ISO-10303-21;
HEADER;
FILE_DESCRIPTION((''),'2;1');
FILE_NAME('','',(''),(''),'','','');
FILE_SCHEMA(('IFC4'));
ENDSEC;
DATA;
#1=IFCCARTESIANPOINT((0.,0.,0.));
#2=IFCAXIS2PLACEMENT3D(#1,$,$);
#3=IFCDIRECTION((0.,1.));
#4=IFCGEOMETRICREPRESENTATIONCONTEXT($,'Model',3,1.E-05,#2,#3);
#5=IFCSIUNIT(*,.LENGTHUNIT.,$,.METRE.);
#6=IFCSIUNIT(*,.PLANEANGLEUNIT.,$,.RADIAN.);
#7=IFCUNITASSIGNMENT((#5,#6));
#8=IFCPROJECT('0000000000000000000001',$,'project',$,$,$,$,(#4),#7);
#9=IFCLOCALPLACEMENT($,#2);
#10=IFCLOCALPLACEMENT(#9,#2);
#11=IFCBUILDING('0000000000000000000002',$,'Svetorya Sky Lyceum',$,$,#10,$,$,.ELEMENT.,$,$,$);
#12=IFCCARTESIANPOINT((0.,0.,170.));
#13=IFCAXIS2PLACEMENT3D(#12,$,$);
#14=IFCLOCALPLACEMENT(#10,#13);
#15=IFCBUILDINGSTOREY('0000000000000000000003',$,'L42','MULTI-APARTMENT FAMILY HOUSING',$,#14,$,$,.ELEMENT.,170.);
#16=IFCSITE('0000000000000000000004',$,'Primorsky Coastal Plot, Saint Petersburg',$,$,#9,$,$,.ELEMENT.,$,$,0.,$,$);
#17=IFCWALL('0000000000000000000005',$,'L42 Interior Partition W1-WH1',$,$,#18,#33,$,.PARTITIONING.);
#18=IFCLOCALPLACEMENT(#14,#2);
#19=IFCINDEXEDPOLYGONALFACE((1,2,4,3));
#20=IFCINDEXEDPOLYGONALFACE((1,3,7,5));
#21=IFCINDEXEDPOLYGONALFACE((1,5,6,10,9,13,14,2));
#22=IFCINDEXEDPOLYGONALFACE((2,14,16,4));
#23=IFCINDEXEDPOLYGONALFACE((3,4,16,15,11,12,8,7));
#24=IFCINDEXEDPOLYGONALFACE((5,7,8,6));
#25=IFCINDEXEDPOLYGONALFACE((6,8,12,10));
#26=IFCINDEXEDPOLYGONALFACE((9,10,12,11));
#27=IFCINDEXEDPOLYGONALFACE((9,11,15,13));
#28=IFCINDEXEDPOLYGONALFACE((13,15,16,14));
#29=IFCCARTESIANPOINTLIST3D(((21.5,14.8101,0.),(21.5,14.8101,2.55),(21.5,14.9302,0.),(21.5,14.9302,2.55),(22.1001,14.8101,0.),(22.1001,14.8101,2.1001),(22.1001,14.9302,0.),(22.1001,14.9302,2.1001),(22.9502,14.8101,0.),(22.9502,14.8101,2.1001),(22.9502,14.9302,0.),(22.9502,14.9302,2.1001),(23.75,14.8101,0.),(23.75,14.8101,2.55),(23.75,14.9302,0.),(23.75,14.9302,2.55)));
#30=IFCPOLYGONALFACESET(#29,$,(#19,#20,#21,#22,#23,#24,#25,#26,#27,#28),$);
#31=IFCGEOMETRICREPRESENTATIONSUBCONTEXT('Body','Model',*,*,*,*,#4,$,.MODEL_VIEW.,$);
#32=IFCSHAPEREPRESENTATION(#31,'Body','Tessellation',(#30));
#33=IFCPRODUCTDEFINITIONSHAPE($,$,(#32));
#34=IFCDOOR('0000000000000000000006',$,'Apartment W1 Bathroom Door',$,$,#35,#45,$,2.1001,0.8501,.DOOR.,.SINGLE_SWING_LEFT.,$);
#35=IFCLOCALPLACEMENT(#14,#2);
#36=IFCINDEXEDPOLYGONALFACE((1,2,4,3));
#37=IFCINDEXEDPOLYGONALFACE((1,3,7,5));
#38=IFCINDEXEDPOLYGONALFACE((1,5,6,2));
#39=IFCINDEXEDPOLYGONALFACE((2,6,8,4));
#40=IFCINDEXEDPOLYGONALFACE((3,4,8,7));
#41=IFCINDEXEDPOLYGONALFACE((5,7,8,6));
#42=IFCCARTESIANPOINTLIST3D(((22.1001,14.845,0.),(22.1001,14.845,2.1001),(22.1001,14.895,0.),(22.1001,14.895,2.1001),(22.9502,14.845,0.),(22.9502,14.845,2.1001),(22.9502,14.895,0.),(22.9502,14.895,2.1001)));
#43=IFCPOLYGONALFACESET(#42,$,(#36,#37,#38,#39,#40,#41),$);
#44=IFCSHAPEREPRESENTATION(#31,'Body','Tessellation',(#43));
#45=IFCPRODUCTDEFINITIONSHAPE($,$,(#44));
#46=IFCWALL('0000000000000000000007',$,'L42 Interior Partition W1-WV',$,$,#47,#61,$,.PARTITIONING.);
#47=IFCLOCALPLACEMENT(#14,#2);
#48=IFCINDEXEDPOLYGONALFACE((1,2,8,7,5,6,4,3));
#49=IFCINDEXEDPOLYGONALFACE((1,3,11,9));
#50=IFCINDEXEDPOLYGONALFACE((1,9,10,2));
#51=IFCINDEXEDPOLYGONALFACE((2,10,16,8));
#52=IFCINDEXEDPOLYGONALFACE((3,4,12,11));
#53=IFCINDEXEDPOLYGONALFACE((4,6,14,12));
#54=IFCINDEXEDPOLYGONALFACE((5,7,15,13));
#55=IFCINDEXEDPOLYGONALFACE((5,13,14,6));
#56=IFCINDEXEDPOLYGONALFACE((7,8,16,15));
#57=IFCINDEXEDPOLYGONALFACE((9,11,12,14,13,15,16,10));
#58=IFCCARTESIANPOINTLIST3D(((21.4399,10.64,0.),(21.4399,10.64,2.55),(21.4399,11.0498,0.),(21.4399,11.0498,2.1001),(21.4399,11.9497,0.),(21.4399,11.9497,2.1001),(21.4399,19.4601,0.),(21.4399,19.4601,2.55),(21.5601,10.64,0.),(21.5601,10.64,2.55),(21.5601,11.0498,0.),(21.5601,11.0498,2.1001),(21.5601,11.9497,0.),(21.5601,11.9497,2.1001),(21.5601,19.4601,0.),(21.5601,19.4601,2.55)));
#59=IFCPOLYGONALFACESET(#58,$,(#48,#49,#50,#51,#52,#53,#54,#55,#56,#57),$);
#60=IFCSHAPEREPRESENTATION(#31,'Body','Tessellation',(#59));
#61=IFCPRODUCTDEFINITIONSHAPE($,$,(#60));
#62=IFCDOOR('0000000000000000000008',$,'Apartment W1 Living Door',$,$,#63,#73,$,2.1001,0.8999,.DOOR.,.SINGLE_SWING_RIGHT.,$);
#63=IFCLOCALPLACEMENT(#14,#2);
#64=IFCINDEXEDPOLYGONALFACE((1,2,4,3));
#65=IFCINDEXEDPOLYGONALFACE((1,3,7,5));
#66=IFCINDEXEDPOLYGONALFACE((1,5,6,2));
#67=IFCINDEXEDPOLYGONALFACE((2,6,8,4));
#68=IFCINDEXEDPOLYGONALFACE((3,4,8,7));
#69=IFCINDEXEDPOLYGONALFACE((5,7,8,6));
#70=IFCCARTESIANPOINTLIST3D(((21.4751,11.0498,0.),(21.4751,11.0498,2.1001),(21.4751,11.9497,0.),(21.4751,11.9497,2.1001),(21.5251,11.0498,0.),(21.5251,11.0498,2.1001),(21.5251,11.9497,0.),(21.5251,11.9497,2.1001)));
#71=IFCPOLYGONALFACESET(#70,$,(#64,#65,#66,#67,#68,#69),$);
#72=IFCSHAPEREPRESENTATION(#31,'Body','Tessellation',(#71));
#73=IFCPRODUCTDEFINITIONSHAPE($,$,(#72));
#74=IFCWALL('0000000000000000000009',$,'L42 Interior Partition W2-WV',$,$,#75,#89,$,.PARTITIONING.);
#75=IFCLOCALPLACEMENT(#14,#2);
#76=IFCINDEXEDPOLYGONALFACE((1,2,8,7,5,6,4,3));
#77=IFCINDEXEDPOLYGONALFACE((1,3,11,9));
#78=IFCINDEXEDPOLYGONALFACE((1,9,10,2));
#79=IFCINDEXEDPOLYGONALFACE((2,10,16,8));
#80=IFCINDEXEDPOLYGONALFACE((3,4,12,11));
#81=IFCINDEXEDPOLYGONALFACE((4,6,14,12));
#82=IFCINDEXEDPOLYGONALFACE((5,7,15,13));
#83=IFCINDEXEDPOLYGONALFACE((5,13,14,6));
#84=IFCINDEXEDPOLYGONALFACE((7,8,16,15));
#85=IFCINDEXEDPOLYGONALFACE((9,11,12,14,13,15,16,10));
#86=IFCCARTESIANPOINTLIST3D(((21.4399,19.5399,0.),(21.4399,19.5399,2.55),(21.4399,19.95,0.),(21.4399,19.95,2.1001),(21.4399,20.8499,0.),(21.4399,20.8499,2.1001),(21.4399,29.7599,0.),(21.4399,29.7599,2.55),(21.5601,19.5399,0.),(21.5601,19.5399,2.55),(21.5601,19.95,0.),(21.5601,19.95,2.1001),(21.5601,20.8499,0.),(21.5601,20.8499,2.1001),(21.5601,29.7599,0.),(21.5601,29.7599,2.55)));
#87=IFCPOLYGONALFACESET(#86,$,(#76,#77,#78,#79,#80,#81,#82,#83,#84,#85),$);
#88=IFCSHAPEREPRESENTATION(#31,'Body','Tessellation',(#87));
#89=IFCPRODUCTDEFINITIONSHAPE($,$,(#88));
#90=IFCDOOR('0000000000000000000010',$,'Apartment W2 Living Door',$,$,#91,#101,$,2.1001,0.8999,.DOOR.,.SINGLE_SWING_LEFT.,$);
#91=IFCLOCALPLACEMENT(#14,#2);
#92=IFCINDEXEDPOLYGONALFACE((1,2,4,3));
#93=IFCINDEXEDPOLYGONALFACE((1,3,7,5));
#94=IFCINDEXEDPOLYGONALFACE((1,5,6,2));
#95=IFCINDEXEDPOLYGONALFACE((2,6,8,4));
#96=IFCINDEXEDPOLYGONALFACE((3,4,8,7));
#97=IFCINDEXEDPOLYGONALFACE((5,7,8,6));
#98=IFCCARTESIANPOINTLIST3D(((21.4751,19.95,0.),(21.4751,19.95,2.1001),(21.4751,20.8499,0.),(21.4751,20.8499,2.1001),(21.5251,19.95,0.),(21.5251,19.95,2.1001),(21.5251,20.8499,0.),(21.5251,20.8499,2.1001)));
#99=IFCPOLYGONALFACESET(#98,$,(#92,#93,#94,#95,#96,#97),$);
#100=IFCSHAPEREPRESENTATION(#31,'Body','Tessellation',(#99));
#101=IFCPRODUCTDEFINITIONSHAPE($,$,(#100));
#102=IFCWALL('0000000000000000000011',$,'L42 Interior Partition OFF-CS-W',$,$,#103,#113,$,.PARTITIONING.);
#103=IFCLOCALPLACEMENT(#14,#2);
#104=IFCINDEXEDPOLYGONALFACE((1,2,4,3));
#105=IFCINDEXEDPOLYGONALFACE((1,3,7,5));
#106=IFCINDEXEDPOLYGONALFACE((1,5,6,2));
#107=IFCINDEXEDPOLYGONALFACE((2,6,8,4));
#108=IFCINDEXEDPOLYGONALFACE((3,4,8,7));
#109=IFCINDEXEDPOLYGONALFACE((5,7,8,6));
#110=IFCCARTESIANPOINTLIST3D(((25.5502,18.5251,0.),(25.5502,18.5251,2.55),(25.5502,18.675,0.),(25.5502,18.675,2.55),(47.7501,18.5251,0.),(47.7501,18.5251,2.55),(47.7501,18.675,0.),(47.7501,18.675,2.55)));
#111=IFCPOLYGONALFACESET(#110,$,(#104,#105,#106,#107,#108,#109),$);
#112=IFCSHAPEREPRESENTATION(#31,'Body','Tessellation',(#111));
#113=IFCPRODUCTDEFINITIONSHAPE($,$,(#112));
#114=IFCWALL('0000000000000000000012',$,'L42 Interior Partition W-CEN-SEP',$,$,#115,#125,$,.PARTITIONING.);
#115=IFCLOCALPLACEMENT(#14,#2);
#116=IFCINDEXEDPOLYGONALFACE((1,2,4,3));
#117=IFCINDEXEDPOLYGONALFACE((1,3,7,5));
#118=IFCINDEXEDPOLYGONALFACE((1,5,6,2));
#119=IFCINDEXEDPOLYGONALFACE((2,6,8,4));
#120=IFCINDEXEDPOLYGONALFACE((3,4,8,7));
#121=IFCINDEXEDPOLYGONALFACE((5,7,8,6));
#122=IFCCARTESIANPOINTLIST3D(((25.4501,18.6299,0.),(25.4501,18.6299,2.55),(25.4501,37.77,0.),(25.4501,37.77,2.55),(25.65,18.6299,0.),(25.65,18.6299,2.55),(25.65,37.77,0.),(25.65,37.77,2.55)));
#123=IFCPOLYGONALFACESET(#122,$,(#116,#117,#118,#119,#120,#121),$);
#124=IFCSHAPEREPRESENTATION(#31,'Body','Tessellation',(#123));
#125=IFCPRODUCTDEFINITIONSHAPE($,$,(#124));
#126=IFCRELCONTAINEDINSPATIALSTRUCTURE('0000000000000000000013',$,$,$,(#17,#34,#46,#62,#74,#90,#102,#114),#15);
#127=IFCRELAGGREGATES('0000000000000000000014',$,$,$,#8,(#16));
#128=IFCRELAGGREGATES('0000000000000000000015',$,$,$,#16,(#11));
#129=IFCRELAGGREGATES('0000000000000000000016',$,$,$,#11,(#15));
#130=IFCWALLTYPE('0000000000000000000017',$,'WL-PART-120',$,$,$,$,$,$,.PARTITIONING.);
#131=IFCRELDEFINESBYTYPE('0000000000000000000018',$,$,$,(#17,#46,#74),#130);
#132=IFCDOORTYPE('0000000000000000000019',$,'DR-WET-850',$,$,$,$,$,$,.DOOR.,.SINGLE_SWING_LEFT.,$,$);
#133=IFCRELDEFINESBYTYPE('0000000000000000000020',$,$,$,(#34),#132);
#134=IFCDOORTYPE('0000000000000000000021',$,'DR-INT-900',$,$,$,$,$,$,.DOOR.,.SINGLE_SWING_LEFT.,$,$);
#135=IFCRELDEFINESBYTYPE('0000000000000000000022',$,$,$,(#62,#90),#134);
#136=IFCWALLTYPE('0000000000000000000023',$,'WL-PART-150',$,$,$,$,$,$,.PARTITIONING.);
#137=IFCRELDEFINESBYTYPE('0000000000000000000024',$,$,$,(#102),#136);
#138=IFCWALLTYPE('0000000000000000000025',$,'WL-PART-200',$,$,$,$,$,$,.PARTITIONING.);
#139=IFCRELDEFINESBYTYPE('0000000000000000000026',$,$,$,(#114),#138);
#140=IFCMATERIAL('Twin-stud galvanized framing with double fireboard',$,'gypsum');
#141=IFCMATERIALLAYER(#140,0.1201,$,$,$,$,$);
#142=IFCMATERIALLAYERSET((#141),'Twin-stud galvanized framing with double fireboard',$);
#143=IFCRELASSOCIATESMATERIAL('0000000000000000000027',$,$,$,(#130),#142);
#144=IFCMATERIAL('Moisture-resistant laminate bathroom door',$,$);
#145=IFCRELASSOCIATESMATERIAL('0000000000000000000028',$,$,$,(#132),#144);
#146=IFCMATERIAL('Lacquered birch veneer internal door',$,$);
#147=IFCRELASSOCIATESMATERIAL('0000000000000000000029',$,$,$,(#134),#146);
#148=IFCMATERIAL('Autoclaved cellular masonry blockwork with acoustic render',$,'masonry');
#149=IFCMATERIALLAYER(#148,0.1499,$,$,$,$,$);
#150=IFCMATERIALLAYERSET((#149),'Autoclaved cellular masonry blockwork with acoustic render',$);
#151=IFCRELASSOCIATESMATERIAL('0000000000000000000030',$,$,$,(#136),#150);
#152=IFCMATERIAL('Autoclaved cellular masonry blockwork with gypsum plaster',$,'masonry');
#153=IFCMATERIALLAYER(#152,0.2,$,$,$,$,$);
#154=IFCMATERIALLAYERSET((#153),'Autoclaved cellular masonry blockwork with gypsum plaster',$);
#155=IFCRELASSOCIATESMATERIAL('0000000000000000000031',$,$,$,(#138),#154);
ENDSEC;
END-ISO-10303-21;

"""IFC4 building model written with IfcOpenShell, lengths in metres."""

from ifc_helpers import new_model, si_unit, direction, frame, frame_2d, origin, place, context, subcontext, project, spatial, rectangle, extrude, material, layer, layer_set, type_object, element, fill, save


model = new_model("IFC4")

# Units and contexts
model_context = context("Model", 3, precision=1e-05, world=origin(), true_north=direction((0.0, 1.0)))
body_context = subcontext(model_context, "Body", "Model", "MODEL_VIEW")
ifc_project = project(units=[si_unit("LENGTHUNIT", "METRE"), si_unit("PLANEANGLEUNIT", "RADIAN")], contexts=[model_context])

# Site, building, storey
site_placement = place(None, origin())
site = spatial("IfcSite", under=ifc_project, at=site_placement, Name="Primorsky Coastal Plot, Saint Petersburg", CompositionType="ELEMENT", RefElevation=0.0)
building_placement = place(site_placement, origin())
building = spatial("IfcBuilding", under=site, at=building_placement, Name="Svetorya Sky Lyceum", CompositionType="ELEMENT")
storey_placement = place(building_placement, frame((0.0, 0.0, 170.0)))
storey = spatial("IfcBuildingStorey", under=building, at=storey_placement, Name="L42", Description="MULTI-APARTMENT FAMILY HOUSING", CompositionType="ELEMENT", Elevation=170.0)

# Walls, openings, doors
ifc_material_1 = material(Name="Twin-stud galvanized framing with double fireboard", Category="gypsum")
ifc_layer_1 = layer(ifc_material_1, 0.1201)
ifc_layer_set_1 = layer_set([ifc_layer_1], Name="Twin-stud galvanized framing with double fireboard")
wall_type_1 = type_object("IfcWallType", Name="WL-PART-120", PredefinedType="PARTITIONING", material=ifc_layer_set_1)
wall_1_placement = place(storey_placement, frame((21.5, 14.8701, 0.0), z_axis=(0.0, 0.0, 1.0), x_axis=(1.0, 0.0, 0.0)))
wall_1 = element("IfcWall", 1, at=wall_1_placement, inside=storey, type_object=wall_type_1, Name="L42 Interior Partition W1-WH1", PredefinedType="PARTITIONING", context=body_context, shape_type="SweptSolid", body=[
    extrude(rectangle(XDim=2.25, YDim=0.1201, at=frame_2d((1.125, 0.0))), origin(), (0.0, 0.0, 1.0), 2.55),
])
opening_1_placement = place(wall_1_placement, frame((0.6001, 0.0, 0.0)))
opening_1 = element("IfcOpeningElement", 2, at=opening_1_placement, cuts=wall_1, PredefinedType="OPENING", context=body_context, shape_type="SweptSolid", body=[
    extrude(rectangle(XDim=0.8501, YDim=2.1001, at=frame_2d((0.425, 1.05))), frame((0.0, 0.0701, 0.0), z_axis=(0.0, -1.0, 0.0), x_axis=(1.0, 0.0, 0.0)), (0.0, 0.0, 1.0), 0.1401),
])
ifc_material_2 = material(Name="Moisture-resistant laminate bathroom door")
door_type_1 = type_object("IfcDoorType", Name="DR-WET-850", OperationType="SINGLE_SWING_LEFT", PredefinedType="DOOR", material=ifc_material_2)
door_1_placement = place(opening_1_placement, origin())
door_1 = element("IfcDoor", 3, at=door_1_placement, inside=storey, type_object=door_type_1, Name="Apartment W1 Bathroom Door", OperationType="SINGLE_SWING_LEFT", OverallHeight=2.1001, OverallWidth=0.8501, PredefinedType="DOOR", context=body_context, shape_type="SweptSolid", body=[
    extrude(rectangle(XDim=0.8501, YDim=2.1001, at=frame_2d((0.425, 1.05))), frame((0.0, 0.0249, 0.0), z_axis=(0.0, -1.0, 0.0), x_axis=(1.0, 0.0, 0.0)), (0.0, 0.0, 1.0), 0.05),
])
fill(opening_1, door_1)
wall_2_placement = place(storey_placement, frame((21.5, 10.6399, 0.0), z_axis=(0.0, 0.0, 1.0), x_axis=(0.0, 1.0, 0.0)))
wall_2 = element("IfcWall", 4, at=wall_2_placement, inside=storey, type_object=wall_type_1, Name="L42 Interior Partition W1-WV", PredefinedType="PARTITIONING", context=body_context, shape_type="SweptSolid", body=[
    extrude(rectangle(XDim=8.8201, YDim=0.1201, at=frame_2d((4.4102, 0.0))), origin(), (0.0, 0.0, 1.0), 2.55),
])
opening_2_placement = place(wall_2_placement, frame((0.4099, 0.0, 0.0)))
opening_2 = element("IfcOpeningElement", 5, at=opening_2_placement, cuts=wall_2, PredefinedType="OPENING", context=body_context, shape_type="SweptSolid", body=[
    extrude(rectangle(XDim=0.8999, YDim=2.1001, at=frame_2d((0.45, 1.05))), frame((0.0, 0.0701, 0.0), z_axis=(0.0, -1.0, 0.0), x_axis=(1.0, 0.0, 0.0)), (0.0, 0.0, 1.0), 0.1401),
])
ifc_material_3 = material(Name="Lacquered birch veneer internal door")
door_type_2 = type_object("IfcDoorType", Name="DR-INT-900", OperationType="SINGLE_SWING_LEFT", PredefinedType="DOOR", material=ifc_material_3)
door_2_placement = place(opening_2_placement, origin())
door_2 = element("IfcDoor", 6, at=door_2_placement, inside=storey, type_object=door_type_2, Name="Apartment W1 Living Door", OperationType="SINGLE_SWING_RIGHT", OverallHeight=2.1001, OverallWidth=0.8999, PredefinedType="DOOR", context=body_context, shape_type="SweptSolid", body=[
    extrude(rectangle(XDim=0.8999, YDim=2.1001, at=frame_2d((0.45, 1.05))), frame((0.0, 0.0249, 0.0), z_axis=(0.0, -1.0, 0.0), x_axis=(1.0, 0.0, 0.0)), (0.0, 0.0, 1.0), 0.05),
])
fill(opening_2, door_2)
wall_3_placement = place(storey_placement, frame((21.5, 19.54, 0.0), z_axis=(0.0, 0.0, 1.0), x_axis=(0.0, 1.0, 0.0)))
wall_3 = element("IfcWall", 7, at=wall_3_placement, inside=storey, type_object=wall_type_1, Name="L42 Interior Partition W2-WV", PredefinedType="PARTITIONING", context=body_context, shape_type="SweptSolid", body=[
    extrude(rectangle(XDim=10.22, YDim=0.1201, at=frame_2d((5.1099, 0.0))), origin(), (0.0, 0.0, 1.0), 2.55),
])
opening_3_placement = place(wall_3_placement, frame((0.4099, 0.0, 0.0)))
opening_3 = element("IfcOpeningElement", 8, at=opening_3_placement, cuts=wall_3, PredefinedType="OPENING", context=body_context, shape_type="SweptSolid", body=[
    extrude(rectangle(XDim=0.8999, YDim=2.1001, at=frame_2d((0.45, 1.05))), frame((0.0, 0.0701, 0.0), z_axis=(0.0, -1.0, 0.0), x_axis=(1.0, 0.0, 0.0)), (0.0, 0.0, 1.0), 0.1401),
])
door_3_placement = place(opening_3_placement, origin())
door_3 = element("IfcDoor", 9, at=door_3_placement, inside=storey, type_object=door_type_2, Name="Apartment W2 Living Door", OperationType="SINGLE_SWING_LEFT", OverallHeight=2.1001, OverallWidth=0.8999, PredefinedType="DOOR", context=body_context, shape_type="SweptSolid", body=[
    extrude(rectangle(XDim=0.8999, YDim=2.1001, at=frame_2d((0.45, 1.05))), frame((0.0, 0.0249, 0.0), z_axis=(0.0, -1.0, 0.0), x_axis=(1.0, 0.0, 0.0)), (0.0, 0.0, 1.0), 0.05),
])
fill(opening_3, door_3)

# Walls
ifc_material_4 = material(Name="Autoclaved cellular masonry blockwork with acoustic render", Category="masonry")
ifc_layer_2 = layer(ifc_material_4, 0.1499)
ifc_layer_set_2 = layer_set([ifc_layer_2], Name="Autoclaved cellular masonry blockwork with acoustic render")
wall_type_2 = type_object("IfcWallType", Name="WL-PART-150", PredefinedType="PARTITIONING", material=ifc_layer_set_2)
wall_4_placement = place(storey_placement, frame((25.55, 18.6001, 0.0), z_axis=(0.0, 0.0, 1.0), x_axis=(1.0, 0.0, 0.0)))
element("IfcWall", 10, at=wall_4_placement, inside=storey, type_object=wall_type_2, Name="L42 Interior Partition OFF-CS-W", PredefinedType="PARTITIONING", context=body_context, shape_type="SweptSolid", body=[
    extrude(rectangle(XDim=22.2, YDim=0.1499, at=frame_2d((11.1001, 0.0))), origin(), (0.0, 0.0, 1.0), 2.55),
])
ifc_material_5 = material(Name="Autoclaved cellular masonry blockwork with gypsum plaster", Category="masonry")
ifc_layer_3 = layer(ifc_material_5, 0.2)
ifc_layer_set_3 = layer_set([ifc_layer_3], Name="Autoclaved cellular masonry blockwork with gypsum plaster")
wall_type_3 = type_object("IfcWallType", Name="WL-PART-200", PredefinedType="PARTITIONING", material=ifc_layer_set_3)
wall_5_placement = place(storey_placement, frame((25.55, 18.6299, 0.0), z_axis=(0.0, 0.0, 1.0), x_axis=(0.0, 1.0, 0.0)))
element("IfcWall", 11, at=wall_5_placement, inside=storey, type_object=wall_type_3, Name="L42 Interior Partition W-CEN-SEP", PredefinedType="PARTITIONING", context=body_context, shape_type="SweptSolid", body=[
    extrude(rectangle(XDim=19.1401, YDim=0.2, at=frame_2d((9.5701, 0.0))), origin(), (0.0, 0.0, 1.0), 2.55),
])

save(model, "model.ifc")
